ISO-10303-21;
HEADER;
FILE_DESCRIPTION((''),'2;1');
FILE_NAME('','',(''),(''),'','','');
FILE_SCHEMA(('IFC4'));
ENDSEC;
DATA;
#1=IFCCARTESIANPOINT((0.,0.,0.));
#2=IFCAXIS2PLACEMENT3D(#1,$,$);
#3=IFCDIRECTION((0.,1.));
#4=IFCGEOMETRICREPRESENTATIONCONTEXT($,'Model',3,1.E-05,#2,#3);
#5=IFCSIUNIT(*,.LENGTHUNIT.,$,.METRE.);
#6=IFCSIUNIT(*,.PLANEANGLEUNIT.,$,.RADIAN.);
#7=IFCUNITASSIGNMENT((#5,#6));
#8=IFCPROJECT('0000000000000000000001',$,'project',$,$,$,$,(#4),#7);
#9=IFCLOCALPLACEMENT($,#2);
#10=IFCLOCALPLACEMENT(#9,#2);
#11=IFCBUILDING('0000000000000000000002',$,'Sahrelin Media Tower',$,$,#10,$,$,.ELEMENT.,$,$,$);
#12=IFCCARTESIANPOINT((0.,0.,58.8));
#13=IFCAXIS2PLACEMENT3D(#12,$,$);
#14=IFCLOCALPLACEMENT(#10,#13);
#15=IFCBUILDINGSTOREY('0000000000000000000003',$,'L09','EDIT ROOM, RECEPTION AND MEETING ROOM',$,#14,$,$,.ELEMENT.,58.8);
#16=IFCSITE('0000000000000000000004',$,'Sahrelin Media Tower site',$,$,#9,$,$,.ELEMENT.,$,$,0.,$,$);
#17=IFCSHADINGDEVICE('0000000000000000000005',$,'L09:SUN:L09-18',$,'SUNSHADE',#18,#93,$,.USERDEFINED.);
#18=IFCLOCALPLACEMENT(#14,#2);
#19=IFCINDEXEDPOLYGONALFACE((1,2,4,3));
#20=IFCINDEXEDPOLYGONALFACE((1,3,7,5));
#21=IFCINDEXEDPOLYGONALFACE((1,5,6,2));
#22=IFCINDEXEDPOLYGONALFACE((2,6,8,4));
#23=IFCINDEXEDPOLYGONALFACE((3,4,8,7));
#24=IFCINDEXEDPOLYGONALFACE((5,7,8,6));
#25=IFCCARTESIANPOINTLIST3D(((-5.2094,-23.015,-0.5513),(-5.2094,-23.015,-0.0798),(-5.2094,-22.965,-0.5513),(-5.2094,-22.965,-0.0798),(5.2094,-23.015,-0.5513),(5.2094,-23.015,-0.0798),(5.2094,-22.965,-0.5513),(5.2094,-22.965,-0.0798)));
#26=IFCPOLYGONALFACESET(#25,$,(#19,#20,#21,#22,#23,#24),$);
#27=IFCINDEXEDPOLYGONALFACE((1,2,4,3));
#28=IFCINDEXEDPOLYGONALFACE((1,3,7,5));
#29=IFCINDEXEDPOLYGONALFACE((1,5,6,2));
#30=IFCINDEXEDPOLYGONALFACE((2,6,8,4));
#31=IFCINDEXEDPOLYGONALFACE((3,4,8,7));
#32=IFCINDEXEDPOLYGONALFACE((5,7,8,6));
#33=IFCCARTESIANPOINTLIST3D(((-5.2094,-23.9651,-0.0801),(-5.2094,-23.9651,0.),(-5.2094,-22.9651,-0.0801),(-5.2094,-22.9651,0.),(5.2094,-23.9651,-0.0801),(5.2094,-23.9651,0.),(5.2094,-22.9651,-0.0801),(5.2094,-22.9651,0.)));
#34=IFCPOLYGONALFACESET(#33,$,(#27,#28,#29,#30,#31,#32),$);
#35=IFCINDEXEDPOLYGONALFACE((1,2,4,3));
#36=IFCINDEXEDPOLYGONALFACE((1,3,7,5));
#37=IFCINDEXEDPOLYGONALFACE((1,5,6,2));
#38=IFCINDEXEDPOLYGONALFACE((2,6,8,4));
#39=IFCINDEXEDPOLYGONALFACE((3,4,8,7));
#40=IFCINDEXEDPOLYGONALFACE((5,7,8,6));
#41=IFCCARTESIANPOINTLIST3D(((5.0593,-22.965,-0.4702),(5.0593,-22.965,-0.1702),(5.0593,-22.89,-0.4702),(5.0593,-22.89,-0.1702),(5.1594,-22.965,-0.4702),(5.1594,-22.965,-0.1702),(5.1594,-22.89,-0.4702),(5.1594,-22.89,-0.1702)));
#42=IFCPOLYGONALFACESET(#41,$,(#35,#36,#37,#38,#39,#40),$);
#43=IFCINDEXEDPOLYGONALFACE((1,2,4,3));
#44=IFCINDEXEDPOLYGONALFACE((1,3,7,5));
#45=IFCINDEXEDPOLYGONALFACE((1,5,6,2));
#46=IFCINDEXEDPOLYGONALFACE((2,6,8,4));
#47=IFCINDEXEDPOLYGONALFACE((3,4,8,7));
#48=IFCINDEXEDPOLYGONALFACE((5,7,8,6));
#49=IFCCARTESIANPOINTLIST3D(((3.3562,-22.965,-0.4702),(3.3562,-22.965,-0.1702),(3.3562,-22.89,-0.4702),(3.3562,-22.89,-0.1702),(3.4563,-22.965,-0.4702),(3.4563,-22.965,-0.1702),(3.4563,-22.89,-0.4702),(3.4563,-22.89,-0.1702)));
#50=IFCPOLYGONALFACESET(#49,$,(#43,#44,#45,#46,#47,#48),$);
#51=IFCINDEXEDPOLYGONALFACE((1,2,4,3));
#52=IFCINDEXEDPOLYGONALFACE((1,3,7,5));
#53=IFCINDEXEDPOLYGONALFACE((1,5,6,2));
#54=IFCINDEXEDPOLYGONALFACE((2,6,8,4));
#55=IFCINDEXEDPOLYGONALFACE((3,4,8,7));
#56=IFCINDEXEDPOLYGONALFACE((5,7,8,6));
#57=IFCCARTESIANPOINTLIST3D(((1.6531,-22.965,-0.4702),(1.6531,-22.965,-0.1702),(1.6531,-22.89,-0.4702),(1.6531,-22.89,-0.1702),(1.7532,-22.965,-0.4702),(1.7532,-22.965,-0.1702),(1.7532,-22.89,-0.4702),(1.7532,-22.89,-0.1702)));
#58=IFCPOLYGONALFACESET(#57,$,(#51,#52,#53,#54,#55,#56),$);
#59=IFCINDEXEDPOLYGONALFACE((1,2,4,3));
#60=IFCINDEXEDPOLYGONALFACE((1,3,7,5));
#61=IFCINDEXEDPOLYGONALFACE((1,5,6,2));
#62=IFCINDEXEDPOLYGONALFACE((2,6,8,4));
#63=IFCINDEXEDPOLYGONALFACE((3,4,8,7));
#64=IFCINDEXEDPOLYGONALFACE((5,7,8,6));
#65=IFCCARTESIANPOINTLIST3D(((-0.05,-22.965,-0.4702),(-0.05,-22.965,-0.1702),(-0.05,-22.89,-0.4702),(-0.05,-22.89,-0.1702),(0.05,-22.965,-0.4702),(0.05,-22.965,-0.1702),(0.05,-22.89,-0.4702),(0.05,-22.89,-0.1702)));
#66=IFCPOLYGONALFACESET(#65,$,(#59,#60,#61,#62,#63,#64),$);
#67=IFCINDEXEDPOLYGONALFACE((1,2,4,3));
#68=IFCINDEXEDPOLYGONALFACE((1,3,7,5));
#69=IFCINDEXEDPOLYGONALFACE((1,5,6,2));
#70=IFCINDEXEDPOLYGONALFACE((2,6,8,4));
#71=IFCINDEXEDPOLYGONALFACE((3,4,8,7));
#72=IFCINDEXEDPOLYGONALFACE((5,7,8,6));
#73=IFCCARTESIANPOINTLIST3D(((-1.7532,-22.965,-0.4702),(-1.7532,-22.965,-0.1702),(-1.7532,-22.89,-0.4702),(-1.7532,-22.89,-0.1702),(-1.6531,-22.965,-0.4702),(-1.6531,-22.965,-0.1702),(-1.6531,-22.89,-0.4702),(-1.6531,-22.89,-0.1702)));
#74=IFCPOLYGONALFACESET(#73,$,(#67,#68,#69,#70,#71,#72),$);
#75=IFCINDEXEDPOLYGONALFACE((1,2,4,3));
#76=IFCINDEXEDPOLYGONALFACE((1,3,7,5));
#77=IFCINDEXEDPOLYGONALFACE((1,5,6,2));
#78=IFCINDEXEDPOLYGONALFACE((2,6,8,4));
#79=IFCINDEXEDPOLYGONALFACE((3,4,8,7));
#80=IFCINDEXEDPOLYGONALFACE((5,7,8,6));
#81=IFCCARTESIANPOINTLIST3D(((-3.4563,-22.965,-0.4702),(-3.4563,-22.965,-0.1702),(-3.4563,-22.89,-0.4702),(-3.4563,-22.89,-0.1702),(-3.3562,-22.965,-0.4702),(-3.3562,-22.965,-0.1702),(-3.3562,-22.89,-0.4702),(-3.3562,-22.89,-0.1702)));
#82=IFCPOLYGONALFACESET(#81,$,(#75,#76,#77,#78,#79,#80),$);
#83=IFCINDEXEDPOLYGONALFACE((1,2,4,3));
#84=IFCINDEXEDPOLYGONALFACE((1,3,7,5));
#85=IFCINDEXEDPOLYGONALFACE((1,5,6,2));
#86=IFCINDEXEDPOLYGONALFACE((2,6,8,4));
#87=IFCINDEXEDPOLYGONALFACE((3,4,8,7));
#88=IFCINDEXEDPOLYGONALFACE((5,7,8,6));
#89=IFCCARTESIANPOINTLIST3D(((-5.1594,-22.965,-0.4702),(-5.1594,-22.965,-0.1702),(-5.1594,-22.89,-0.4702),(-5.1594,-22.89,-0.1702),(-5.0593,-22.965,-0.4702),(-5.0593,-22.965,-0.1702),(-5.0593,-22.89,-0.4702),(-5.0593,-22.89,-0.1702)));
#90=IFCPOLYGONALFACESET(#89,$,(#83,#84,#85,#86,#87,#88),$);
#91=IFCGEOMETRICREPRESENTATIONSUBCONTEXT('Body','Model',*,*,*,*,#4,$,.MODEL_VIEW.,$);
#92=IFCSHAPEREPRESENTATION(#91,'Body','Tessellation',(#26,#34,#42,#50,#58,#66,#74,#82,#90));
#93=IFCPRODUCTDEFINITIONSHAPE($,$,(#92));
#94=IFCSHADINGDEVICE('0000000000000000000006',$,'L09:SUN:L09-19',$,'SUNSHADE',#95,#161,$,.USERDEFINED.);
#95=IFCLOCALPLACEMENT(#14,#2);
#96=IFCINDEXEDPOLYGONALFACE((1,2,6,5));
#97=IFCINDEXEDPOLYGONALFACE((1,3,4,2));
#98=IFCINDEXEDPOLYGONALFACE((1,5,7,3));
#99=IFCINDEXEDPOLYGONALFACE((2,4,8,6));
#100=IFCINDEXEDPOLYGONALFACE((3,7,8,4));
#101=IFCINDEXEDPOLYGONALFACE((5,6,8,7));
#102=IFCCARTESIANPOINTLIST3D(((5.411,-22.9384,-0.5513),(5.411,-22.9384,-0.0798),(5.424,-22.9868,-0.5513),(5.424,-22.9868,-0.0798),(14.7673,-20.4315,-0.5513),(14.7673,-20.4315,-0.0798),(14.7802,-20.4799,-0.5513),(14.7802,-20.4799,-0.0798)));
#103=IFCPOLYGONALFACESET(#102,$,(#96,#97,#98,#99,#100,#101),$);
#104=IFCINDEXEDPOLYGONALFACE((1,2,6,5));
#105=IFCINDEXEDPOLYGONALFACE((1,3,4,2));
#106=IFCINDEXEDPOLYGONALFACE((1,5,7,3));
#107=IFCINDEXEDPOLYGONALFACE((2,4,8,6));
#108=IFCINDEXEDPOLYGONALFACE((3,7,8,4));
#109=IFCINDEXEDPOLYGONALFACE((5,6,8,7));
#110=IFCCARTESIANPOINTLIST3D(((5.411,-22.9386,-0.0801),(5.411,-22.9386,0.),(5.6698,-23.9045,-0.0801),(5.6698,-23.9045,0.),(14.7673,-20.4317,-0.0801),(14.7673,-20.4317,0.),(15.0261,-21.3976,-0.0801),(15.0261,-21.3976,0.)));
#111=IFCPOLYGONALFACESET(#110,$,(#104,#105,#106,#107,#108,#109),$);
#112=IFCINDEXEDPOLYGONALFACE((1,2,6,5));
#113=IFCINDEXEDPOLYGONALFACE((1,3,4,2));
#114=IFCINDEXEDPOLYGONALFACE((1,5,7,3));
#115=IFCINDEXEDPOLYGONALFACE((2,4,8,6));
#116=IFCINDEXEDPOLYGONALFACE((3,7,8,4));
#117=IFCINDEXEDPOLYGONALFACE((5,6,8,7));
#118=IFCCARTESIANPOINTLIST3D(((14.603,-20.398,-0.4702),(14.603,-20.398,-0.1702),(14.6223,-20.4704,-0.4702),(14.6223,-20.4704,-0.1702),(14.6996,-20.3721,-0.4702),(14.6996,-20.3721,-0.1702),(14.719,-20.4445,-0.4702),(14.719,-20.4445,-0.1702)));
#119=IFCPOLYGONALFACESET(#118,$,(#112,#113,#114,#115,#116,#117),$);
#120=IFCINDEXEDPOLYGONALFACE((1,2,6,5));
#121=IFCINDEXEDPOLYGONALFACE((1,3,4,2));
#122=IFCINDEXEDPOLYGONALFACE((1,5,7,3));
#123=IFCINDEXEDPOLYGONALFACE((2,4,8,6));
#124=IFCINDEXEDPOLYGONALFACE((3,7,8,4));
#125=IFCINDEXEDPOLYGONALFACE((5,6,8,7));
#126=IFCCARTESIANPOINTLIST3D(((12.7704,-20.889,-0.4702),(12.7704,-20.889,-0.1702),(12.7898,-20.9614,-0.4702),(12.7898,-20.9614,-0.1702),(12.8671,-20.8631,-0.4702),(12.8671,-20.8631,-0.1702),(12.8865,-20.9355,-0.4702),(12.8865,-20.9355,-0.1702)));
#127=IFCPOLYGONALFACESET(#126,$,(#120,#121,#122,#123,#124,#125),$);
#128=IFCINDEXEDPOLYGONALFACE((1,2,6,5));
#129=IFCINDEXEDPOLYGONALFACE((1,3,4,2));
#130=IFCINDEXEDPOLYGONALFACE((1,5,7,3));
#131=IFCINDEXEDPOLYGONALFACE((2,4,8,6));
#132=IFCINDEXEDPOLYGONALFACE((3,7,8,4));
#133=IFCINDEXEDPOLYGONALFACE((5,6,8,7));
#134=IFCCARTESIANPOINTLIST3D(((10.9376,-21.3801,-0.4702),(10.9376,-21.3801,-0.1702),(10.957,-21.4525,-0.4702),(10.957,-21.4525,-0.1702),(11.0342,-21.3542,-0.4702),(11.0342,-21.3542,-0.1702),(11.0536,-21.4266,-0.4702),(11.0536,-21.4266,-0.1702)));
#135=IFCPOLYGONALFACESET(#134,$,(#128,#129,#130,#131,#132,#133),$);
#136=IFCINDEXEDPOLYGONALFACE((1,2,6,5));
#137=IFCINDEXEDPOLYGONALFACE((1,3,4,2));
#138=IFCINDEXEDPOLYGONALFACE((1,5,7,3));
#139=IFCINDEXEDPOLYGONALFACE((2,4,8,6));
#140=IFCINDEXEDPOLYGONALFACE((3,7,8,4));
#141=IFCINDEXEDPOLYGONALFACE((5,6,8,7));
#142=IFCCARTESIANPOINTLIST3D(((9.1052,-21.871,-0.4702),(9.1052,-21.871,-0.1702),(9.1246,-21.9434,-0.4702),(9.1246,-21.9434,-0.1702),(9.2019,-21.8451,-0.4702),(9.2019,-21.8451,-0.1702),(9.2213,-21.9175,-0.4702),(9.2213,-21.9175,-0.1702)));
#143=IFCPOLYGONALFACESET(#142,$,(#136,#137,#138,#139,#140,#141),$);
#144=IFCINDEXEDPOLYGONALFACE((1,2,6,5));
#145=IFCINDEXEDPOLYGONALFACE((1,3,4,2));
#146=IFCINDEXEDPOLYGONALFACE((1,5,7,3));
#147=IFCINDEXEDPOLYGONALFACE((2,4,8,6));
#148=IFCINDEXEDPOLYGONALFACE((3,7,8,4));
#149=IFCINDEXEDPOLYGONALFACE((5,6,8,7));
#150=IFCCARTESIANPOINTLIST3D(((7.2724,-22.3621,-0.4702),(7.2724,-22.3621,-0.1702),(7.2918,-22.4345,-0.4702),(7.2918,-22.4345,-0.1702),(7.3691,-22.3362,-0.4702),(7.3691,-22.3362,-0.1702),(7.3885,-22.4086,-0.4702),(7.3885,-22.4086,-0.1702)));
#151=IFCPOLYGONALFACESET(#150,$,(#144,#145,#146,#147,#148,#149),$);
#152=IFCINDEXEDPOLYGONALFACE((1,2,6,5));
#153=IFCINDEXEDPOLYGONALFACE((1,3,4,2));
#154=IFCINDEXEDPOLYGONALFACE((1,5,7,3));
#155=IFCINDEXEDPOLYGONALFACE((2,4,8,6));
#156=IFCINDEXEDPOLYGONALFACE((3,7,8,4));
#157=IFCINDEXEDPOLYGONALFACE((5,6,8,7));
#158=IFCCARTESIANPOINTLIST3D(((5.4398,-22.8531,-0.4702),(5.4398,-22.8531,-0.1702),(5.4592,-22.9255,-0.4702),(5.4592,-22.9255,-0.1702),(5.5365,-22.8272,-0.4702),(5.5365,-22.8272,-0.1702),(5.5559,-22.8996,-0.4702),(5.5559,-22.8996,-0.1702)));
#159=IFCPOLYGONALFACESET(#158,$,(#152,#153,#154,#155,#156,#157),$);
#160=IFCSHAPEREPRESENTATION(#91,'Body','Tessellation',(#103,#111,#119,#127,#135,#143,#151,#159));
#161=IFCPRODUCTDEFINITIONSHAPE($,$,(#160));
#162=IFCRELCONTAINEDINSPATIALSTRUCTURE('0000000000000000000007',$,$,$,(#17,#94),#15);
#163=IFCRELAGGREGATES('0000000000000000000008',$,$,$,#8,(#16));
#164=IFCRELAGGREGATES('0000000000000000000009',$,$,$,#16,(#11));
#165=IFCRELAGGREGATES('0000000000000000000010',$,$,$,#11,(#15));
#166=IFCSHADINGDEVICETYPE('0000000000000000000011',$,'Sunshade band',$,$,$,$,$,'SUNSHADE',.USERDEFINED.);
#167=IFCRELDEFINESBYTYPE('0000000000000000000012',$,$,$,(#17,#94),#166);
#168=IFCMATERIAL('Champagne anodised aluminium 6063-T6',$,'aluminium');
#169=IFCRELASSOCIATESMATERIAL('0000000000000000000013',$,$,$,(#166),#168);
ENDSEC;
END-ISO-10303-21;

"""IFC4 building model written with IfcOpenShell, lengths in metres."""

from ifc_helpers import new_model, si_unit, direction, frame, origin, origin_2d, place, context, subcontext, project, spatial, rectangle, extrude, material, type_object, element, save


model = new_model("IFC4")

# Units and contexts
model_context = context("Model", 3, precision=1e-05, world=origin(), true_north=direction((0.0, 1.0)))
body_context = subcontext(model_context, "Body", "Model", "MODEL_VIEW")
ifc_project = project(units=[si_unit("LENGTHUNIT", "METRE"), si_unit("PLANEANGLEUNIT", "RADIAN")], contexts=[model_context])

# Site, building, storey
site_placement = place(None, origin())
site = spatial("IfcSite", under=ifc_project, at=site_placement, Name="Sahrelin Media Tower site", CompositionType="ELEMENT", RefElevation=0.0)
building_placement = place(site_placement, origin())
building = spatial("IfcBuilding", under=site, at=building_placement, Name="Sahrelin Media Tower", CompositionType="ELEMENT")
storey_placement = place(building_placement, frame((0.0, 0.0, 58.8)))
storey = spatial("IfcBuildingStorey", under=building, at=storey_placement, Name="L09", Description="EDIT ROOM, RECEPTION AND MEETING ROOM", CompositionType="ELEMENT", Elevation=58.8)

# Shared definitions
ifc_material_1 = material(Name="Champagne anodised aluminium 6063-T6", Category="aluminium")

# Shading devices
placement_1 = place(storey_placement, frame((0.0, -22.9451, 0.0), z_axis=(0.0, 0.0, 1.0), x_axis=(-1.0, 0.0, 0.0)))
placement_2 = place(storey_placement, frame((10.084, -21.6658, 0.0), z_axis=(0.0, 0.0, 1.0), x_axis=(-0.965929, -0.258808, 0.0)))
shading_device_type_1 = type_object("IfcShadingDeviceType", Name="Sunshade band", ElementType="SUNSHADE", PredefinedType="USERDEFINED", material=ifc_material_1)
element("IfcShadingDevice", 1, at=placement_1, inside=storey, type_object=shading_device_type_1, Name="L09:SUN:L09-18", ObjectType="SUNSHADE", PredefinedType="USERDEFINED", context=body_context, shape_type="SweptSolid", body=[
    extrude(rectangle(XDim=10.4187, YDim=0.05, at=origin_2d()), frame((0.0, 0.0449, -0.5513)), (0.0, 0.0, 1.0), 0.4714),
    extrude(rectangle(XDim=10.4187, YDim=1.0, at=origin_2d()), frame((0.0, 0.52, -0.0801)), (0.0, 0.0, 1.0), 0.0801),
    extrude(rectangle(XDim=0.1001, YDim=0.075, at=origin_2d()), frame((-5.1094, -0.0176, -0.4702)), (0.0, 0.0, 1.0), 0.3),
    extrude(rectangle(XDim=0.1001, YDim=0.075, at=origin_2d()), frame((-3.4062, -0.0176, -0.4702)), (0.0, 0.0, 1.0), 0.3),
    extrude(rectangle(XDim=0.1001, YDim=0.075, at=origin_2d()), frame((-1.7031, -0.0176, -0.4702)), (0.0, 0.0, 1.0), 0.3),
    extrude(rectangle(XDim=0.1001, YDim=0.075, at=origin_2d()), frame((0.0, -0.0176, -0.4702)), (0.0, 0.0, 1.0), 0.3),
    extrude(rectangle(XDim=0.1001, YDim=0.075, at=origin_2d()), frame((1.7031, -0.0176, -0.4702)), (0.0, 0.0, 1.0), 0.3),
    extrude(rectangle(XDim=0.1001, YDim=0.075, at=origin_2d()), frame((3.4062, -0.0176, -0.4702)), (0.0, 0.0, 1.0), 0.3),
    extrude(rectangle(XDim=0.1001, YDim=0.075, at=origin_2d()), frame((5.1094, -0.0176, -0.4702)), (0.0, 0.0, 1.0), 0.3),
])
element("IfcShadingDevice", 2, at=placement_2, inside=storey, type_object=shading_device_type_1, Name="L09:SUN:L09-19", ObjectType="SUNSHADE", PredefinedType="USERDEFINED", context=body_context, shape_type="SweptSolid", body=[
    extrude(rectangle(XDim=9.6863, YDim=0.05, at=origin_2d()), frame((0.0, 0.0449, -0.5513)), (0.0, 0.0, 1.0), 0.4714),
    extrude(rectangle(XDim=9.6863, YDim=1.0, at=origin_2d()), frame((0.0, 0.52, -0.0801)), (0.0, 0.0, 1.0), 0.0801),
    extrude(rectangle(XDim=0.1001, YDim=0.075, at=origin_2d()), frame((-4.7432, -0.0176, -0.4702)), (0.0, 0.0, 1.0), 0.3),
    extrude(rectangle(XDim=0.1001, YDim=0.075, at=origin_2d()), frame((-2.8459, -0.0176, -0.4702)), (0.0, 0.0, 1.0), 0.3),
    extrude(rectangle(XDim=0.1001, YDim=0.075, at=origin_2d()), frame((-0.9485, -0.0176, -0.4702)), (0.0, 0.0, 1.0), 0.3),
    extrude(rectangle(XDim=0.1001, YDim=0.075, at=origin_2d()), frame((0.9485, -0.0176, -0.4702)), (0.0, 0.0, 1.0), 0.3),
    extrude(rectangle(XDim=0.1001, YDim=0.075, at=origin_2d()), frame((2.8459, -0.0176, -0.4702)), (0.0, 0.0, 1.0), 0.3),
    extrude(rectangle(XDim=0.1001, YDim=0.075, at=origin_2d()), frame((4.7432, -0.0176, -0.4702)), (0.0, 0.0, 1.0), 0.3),
])

save(model, "model.ifc")
